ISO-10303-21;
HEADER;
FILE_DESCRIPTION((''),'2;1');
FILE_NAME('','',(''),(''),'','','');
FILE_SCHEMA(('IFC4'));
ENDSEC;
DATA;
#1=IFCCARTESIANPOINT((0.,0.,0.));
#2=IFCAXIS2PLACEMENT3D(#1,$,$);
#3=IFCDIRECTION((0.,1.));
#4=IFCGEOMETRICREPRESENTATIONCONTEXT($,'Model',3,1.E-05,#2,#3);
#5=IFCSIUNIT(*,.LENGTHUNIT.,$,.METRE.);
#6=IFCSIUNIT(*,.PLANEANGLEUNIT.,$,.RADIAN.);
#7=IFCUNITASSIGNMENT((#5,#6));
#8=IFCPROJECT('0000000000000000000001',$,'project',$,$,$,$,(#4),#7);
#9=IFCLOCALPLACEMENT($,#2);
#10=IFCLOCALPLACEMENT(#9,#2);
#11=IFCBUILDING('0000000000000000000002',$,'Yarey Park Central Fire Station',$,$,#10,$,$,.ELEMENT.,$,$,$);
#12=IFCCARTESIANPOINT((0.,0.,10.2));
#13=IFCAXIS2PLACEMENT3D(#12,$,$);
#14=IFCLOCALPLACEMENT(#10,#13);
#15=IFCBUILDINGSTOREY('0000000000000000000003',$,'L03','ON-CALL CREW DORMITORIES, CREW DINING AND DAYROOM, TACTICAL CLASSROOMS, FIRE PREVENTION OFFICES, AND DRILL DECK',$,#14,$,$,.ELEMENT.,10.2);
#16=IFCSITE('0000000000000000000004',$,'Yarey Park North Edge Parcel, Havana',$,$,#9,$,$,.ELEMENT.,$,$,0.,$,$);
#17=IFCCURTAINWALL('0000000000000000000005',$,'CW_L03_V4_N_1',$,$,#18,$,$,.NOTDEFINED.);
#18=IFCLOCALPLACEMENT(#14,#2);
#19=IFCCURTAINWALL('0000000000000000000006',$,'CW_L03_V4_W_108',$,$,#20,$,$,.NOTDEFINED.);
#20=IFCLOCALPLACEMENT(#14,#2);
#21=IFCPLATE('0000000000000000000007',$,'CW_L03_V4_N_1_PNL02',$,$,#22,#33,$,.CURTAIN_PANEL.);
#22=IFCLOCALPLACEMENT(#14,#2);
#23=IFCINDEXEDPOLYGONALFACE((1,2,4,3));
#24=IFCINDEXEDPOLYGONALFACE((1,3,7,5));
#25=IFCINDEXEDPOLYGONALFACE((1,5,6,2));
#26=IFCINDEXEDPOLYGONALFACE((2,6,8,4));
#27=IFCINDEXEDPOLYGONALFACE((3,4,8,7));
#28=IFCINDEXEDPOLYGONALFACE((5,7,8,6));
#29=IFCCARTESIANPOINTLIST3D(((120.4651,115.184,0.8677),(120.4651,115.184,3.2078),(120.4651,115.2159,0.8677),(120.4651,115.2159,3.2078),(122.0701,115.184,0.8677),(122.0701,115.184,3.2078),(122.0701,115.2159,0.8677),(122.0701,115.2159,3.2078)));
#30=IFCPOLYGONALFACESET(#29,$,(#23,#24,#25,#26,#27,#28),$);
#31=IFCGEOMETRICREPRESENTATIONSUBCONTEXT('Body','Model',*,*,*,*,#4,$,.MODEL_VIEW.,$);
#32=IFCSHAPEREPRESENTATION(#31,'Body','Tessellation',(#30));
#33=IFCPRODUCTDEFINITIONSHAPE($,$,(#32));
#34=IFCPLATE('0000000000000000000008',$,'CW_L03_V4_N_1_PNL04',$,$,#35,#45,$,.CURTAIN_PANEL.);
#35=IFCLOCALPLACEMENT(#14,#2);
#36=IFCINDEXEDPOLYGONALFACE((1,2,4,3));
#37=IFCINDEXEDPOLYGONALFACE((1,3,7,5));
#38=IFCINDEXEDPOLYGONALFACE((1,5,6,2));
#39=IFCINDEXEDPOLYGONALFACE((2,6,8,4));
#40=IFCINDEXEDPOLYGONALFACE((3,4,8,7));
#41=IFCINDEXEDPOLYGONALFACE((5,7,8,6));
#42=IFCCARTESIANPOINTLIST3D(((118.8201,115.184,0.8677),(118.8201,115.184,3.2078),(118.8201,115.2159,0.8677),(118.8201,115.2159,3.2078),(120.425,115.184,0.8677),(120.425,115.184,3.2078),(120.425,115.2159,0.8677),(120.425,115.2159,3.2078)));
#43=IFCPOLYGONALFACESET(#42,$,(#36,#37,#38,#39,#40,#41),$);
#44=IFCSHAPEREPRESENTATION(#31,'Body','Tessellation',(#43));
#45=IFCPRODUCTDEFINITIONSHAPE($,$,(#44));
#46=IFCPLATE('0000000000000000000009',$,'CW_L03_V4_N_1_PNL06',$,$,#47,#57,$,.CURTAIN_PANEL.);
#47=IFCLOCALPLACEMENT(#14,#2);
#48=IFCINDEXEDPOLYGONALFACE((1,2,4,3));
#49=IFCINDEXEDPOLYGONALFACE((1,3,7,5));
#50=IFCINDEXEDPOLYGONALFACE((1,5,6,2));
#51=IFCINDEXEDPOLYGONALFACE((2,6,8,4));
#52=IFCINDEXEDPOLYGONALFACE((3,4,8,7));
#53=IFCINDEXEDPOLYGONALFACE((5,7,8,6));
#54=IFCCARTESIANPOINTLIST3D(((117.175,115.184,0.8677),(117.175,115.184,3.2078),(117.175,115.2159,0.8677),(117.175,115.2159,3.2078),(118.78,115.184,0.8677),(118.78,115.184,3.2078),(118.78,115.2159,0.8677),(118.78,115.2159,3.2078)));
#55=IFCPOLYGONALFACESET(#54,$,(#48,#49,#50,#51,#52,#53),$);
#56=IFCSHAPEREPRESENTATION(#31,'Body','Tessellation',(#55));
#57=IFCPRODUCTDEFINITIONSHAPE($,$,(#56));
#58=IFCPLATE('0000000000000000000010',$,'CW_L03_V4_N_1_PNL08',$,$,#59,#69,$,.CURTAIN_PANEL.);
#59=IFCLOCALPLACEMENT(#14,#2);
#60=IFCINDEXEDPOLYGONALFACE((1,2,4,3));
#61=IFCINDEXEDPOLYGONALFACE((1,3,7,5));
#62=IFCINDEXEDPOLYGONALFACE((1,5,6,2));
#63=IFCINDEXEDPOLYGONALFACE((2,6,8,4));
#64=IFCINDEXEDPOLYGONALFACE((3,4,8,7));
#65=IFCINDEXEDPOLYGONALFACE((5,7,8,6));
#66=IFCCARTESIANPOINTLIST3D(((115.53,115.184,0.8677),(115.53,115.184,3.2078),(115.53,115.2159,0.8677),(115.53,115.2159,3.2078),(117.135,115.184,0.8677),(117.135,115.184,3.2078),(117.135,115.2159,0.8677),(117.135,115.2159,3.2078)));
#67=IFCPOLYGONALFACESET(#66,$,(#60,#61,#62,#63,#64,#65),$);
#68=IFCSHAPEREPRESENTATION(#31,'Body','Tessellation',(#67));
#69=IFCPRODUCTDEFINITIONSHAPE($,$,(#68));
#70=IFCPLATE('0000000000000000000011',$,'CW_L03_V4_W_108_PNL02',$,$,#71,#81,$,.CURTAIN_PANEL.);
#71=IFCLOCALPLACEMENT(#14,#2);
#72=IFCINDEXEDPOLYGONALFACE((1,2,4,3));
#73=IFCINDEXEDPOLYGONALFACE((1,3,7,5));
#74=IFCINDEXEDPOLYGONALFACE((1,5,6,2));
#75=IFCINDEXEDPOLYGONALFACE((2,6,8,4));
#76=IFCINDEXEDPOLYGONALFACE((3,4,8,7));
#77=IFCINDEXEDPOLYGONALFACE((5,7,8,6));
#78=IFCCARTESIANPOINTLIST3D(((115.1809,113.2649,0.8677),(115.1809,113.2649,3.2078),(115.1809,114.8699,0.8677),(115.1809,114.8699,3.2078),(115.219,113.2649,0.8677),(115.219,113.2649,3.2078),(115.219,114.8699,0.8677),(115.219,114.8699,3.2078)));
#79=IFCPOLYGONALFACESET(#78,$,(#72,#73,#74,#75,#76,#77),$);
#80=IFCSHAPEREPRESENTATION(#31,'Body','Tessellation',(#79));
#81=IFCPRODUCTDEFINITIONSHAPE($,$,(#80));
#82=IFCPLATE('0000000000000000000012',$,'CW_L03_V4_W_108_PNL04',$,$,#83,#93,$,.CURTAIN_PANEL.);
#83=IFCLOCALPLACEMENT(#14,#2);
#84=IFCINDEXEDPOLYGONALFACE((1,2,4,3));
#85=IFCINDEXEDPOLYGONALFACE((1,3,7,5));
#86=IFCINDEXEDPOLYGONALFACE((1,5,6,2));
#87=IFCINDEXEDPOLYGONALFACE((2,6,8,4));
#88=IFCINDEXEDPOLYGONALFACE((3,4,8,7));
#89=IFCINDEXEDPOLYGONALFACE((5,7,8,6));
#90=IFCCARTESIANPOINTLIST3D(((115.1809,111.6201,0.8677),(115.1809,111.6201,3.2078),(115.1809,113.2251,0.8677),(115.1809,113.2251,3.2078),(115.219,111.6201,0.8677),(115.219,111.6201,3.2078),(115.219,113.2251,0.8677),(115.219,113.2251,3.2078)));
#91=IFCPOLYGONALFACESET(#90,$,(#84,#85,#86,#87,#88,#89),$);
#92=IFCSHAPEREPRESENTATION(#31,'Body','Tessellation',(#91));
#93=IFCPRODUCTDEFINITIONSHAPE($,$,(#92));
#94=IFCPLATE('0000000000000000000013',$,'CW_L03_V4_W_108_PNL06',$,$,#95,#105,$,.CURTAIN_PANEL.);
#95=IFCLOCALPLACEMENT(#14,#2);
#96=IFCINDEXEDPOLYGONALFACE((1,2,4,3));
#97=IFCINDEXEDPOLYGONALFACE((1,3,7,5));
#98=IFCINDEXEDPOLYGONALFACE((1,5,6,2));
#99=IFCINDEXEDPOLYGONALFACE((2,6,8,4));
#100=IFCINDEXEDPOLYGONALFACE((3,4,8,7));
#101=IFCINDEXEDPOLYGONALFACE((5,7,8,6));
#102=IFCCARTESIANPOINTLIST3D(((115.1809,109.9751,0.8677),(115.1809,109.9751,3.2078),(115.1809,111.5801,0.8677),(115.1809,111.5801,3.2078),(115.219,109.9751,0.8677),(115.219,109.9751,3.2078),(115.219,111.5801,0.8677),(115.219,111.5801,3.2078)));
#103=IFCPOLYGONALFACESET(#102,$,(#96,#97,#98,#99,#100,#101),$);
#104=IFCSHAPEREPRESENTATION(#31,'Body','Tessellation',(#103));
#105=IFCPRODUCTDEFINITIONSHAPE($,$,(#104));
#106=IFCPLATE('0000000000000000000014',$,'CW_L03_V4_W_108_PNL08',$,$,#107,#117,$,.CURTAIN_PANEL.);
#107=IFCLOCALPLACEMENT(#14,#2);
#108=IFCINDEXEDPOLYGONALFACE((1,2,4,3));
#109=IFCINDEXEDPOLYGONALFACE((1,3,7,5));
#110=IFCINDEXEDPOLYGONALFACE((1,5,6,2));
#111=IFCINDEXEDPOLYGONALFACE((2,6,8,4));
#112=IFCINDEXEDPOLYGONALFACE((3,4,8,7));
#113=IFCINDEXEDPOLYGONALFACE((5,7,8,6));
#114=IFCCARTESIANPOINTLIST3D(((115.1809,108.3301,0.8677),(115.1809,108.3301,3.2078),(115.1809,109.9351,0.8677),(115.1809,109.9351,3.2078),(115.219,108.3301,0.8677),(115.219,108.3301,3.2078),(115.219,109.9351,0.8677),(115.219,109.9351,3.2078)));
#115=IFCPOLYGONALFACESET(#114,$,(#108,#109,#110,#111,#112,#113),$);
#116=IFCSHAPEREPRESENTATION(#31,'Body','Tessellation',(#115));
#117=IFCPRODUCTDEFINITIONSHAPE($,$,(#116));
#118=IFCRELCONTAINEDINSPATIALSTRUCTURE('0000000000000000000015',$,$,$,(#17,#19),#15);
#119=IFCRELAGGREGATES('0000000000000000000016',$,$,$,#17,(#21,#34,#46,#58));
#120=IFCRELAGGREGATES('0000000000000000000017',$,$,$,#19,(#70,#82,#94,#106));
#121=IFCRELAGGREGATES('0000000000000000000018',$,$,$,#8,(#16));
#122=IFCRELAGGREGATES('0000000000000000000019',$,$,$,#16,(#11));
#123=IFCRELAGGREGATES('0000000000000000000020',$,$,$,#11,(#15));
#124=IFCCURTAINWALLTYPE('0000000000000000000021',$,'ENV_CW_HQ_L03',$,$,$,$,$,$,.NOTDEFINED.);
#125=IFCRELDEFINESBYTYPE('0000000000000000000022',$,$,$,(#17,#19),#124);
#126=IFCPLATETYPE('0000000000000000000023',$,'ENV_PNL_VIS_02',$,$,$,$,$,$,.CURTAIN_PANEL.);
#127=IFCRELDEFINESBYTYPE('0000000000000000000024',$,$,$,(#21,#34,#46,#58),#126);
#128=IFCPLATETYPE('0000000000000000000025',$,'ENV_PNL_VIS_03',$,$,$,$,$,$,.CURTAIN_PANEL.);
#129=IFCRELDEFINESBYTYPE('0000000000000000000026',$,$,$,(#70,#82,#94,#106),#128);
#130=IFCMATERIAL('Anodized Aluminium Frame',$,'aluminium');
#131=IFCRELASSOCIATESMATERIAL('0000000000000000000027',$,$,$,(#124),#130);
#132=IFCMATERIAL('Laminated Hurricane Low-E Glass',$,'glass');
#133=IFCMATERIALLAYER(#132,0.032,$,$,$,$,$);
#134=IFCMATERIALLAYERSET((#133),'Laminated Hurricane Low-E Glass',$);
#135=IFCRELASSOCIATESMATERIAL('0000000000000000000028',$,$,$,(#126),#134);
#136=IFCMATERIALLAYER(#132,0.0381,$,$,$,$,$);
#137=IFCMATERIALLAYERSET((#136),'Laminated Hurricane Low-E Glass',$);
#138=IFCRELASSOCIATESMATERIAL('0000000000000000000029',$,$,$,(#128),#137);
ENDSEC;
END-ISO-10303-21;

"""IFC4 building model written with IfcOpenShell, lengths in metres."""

from ifc_helpers import new_model, si_unit, direction, frame, origin, origin_2d, place, context, subcontext, project, spatial, rectangle, extrude, material, layer, layer_set, type_object, element, aggregate, save


model = new_model("IFC4")

# Units and contexts
model_context = context("Model", 3, precision=1e-05, world=origin(), true_north=direction((0.0, 1.0)))
body_context = subcontext(model_context, "Body", "Model", "MODEL_VIEW")
ifc_project = project(units=[si_unit("LENGTHUNIT", "METRE"), si_unit("PLANEANGLEUNIT", "RADIAN")], contexts=[model_context])

# Site, building, storey
site_placement = place(None, origin())
site = spatial("IfcSite", under=ifc_project, at=site_placement, Name="Yarey Park North Edge Parcel, Havana", CompositionType="ELEMENT", RefElevation=0.0)
building_placement = place(site_placement, origin())
building = spatial("IfcBuilding", under=site, at=building_placement, Name="Yarey Park Central Fire Station", CompositionType="ELEMENT")
storey_placement = place(building_placement, frame((0.0, 0.0, 10.2)))
storey = spatial("IfcBuildingStorey", under=building, at=storey_placement, Name="L03", Description="ON-CALL CREW DORMITORIES, CREW DINING AND DAYROOM, TACTICAL CLASSROOMS, FIRE PREVENTION OFFICES, AND DRILL DECK", CompositionType="ELEMENT", Elevation=10.2)

# Curtain walls
ifc_material_1 = material(Name="Anodized Aluminium Frame", Category="aluminium")
curtain_wall_type = type_object("IfcCurtainWallType", Name="ENV_CW_HQ_L03", PredefinedType="NOTDEFINED", material=ifc_material_1)
curtain_wall_1_placement = place(storey_placement, origin())
curtain_wall_1 = element("IfcCurtainWall", 1, at=curtain_wall_1_placement, inside=storey, type_object=curtain_wall_type, Name="CW_L03_V4_N_1", PredefinedType="NOTDEFINED")
curtain_wall_2_placement = place(storey_placement, origin())
curtain_wall_2 = element("IfcCurtainWall", 2, at=curtain_wall_2_placement, inside=storey, type_object=curtain_wall_type, Name="CW_L03_V4_W_108", PredefinedType="NOTDEFINED")

# Plates
ifc_material_2 = material(Name="Laminated Hurricane Low-E Glass", Category="glass")
ifc_layer_1 = layer(ifc_material_2, 0.032)
ifc_layer_set_1 = layer_set([ifc_layer_1], Name="Laminated Hurricane Low-E Glass")
plate_type_1 = type_object("IfcPlateType", Name="ENV_PNL_VIS_02", PredefinedType="CURTAIN_PANEL", material=ifc_layer_set_1)
plate_1_placement = place(storey_placement, frame((121.2676, 115.2, 0.8677), z_axis=(0.0, 0.0, 1.0), x_axis=(-1.0, 0.0, 0.0)))
plate_1 = element("IfcPlate", 3, at=plate_1_placement, type_object=plate_type_1, Name="CW_L03_V4_N_1_PNL02", PredefinedType="CURTAIN_PANEL", context=body_context, shape_type="SweptSolid", body=[
    extrude(rectangle(XDim=1.605, YDim=0.032, at=origin_2d()), origin(), (0.0, 0.0, 1.0), 2.3401),
])
plate_2_placement = place(storey_placement, frame((119.6226, 115.2, 0.8677), z_axis=(0.0, 0.0, 1.0), x_axis=(-1.0, 0.0, 0.0)))
plate_2 = element("IfcPlate", 4, at=plate_2_placement, type_object=plate_type_1, Name="CW_L03_V4_N_1_PNL04", PredefinedType="CURTAIN_PANEL", context=body_context, shape_type="SweptSolid", body=[
    extrude(rectangle(XDim=1.605, YDim=0.032, at=origin_2d()), origin(), (0.0, 0.0, 1.0), 2.3401),
])
plate_3_placement = place(storey_placement, frame((117.9775, 115.2, 0.8677), z_axis=(0.0, 0.0, 1.0), x_axis=(-1.0, 0.0, 0.0)))
plate_3 = element("IfcPlate", 5, at=plate_3_placement, type_object=plate_type_1, Name="CW_L03_V4_N_1_PNL06", PredefinedType="CURTAIN_PANEL", context=body_context, shape_type="SweptSolid", body=[
    extrude(rectangle(XDim=1.605, YDim=0.032, at=origin_2d()), origin(), (0.0, 0.0, 1.0), 2.3401),
])
plate_4_placement = place(storey_placement, frame((116.3325, 115.2, 0.8677), z_axis=(0.0, 0.0, 1.0), x_axis=(-1.0, 0.0, 0.0)))
plate_4 = element("IfcPlate", 6, at=plate_4_placement, type_object=plate_type_1, Name="CW_L03_V4_N_1_PNL08", PredefinedType="CURTAIN_PANEL", context=body_context, shape_type="SweptSolid", body=[
    extrude(rectangle(XDim=1.605, YDim=0.032, at=origin_2d()), origin(), (0.0, 0.0, 1.0), 2.3401),
])
aggregate(curtain_wall_1, [plate_1, plate_2, plate_3, plate_4])
ifc_layer_2 = layer(ifc_material_2, 0.0381)
ifc_layer_set_2 = layer_set([ifc_layer_2], Name="Laminated Hurricane Low-E Glass")
plate_type_2 = type_object("IfcPlateType", Name="ENV_PNL_VIS_03", PredefinedType="CURTAIN_PANEL", material=ifc_layer_set_2)
plate_5_placement = place(storey_placement, frame((115.2, 114.0674, 0.8677), z_axis=(0.0, 0.0, 1.0), x_axis=(0.0, -1.0, 0.0)))
plate_5 = element("IfcPlate", 7, at=plate_5_placement, type_object=plate_type_2, Name="CW_L03_V4_W_108_PNL02", PredefinedType="CURTAIN_PANEL", context=body_context, shape_type="SweptSolid", body=[
    extrude(rectangle(XDim=1.605, YDim=0.0381, at=origin_2d()), origin(), (0.0, 0.0, 1.0), 2.3401),
])
plate_6_placement = place(storey_placement, frame((115.2, 112.4226, 0.8677), z_axis=(0.0, 0.0, 1.0), x_axis=(0.0, -1.0, 0.0)))
plate_6 = element("IfcPlate", 8, at=plate_6_placement, type_object=plate_type_2, Name="CW_L03_V4_W_108_PNL04", PredefinedType="CURTAIN_PANEL", context=body_context, shape_type="SweptSolid", body=[
    extrude(rectangle(XDim=1.605, YDim=0.0381, at=origin_2d()), origin(), (0.0, 0.0, 1.0), 2.3401),
])
plate_7_placement = place(storey_placement, frame((115.2, 110.7776, 0.8677), z_axis=(0.0, 0.0, 1.0), x_axis=(0.0, -1.0, 0.0)))
plate_7 = element("IfcPlate", 9, at=plate_7_placement, type_object=plate_type_2, Name="CW_L03_V4_W_108_PNL06", PredefinedType="CURTAIN_PANEL", context=body_context, shape_type="SweptSolid", body=[
    extrude(rectangle(XDim=1.605, YDim=0.0381, at=origin_2d()), origin(), (0.0, 0.0, 1.0), 2.3401),
])
plate_8_placement = place(storey_placement, frame((115.2, 109.1326, 0.8677), z_axis=(0.0, 0.0, 1.0), x_axis=(0.0, -1.0, 0.0)))
plate_8 = element("IfcPlate", 10, at=plate_8_placement, type_object=plate_type_2, Name="CW_L03_V4_W_108_PNL08", PredefinedType="CURTAIN_PANEL", context=body_context, shape_type="SweptSolid", body=[
    extrude(rectangle(XDim=1.605, YDim=0.0381, at=origin_2d()), origin(), (0.0, 0.0, 1.0), 2.3401),
])
aggregate(curtain_wall_2, [plate_5, plate_6, plate_7, plate_8])

save(model, "model.ifc")
